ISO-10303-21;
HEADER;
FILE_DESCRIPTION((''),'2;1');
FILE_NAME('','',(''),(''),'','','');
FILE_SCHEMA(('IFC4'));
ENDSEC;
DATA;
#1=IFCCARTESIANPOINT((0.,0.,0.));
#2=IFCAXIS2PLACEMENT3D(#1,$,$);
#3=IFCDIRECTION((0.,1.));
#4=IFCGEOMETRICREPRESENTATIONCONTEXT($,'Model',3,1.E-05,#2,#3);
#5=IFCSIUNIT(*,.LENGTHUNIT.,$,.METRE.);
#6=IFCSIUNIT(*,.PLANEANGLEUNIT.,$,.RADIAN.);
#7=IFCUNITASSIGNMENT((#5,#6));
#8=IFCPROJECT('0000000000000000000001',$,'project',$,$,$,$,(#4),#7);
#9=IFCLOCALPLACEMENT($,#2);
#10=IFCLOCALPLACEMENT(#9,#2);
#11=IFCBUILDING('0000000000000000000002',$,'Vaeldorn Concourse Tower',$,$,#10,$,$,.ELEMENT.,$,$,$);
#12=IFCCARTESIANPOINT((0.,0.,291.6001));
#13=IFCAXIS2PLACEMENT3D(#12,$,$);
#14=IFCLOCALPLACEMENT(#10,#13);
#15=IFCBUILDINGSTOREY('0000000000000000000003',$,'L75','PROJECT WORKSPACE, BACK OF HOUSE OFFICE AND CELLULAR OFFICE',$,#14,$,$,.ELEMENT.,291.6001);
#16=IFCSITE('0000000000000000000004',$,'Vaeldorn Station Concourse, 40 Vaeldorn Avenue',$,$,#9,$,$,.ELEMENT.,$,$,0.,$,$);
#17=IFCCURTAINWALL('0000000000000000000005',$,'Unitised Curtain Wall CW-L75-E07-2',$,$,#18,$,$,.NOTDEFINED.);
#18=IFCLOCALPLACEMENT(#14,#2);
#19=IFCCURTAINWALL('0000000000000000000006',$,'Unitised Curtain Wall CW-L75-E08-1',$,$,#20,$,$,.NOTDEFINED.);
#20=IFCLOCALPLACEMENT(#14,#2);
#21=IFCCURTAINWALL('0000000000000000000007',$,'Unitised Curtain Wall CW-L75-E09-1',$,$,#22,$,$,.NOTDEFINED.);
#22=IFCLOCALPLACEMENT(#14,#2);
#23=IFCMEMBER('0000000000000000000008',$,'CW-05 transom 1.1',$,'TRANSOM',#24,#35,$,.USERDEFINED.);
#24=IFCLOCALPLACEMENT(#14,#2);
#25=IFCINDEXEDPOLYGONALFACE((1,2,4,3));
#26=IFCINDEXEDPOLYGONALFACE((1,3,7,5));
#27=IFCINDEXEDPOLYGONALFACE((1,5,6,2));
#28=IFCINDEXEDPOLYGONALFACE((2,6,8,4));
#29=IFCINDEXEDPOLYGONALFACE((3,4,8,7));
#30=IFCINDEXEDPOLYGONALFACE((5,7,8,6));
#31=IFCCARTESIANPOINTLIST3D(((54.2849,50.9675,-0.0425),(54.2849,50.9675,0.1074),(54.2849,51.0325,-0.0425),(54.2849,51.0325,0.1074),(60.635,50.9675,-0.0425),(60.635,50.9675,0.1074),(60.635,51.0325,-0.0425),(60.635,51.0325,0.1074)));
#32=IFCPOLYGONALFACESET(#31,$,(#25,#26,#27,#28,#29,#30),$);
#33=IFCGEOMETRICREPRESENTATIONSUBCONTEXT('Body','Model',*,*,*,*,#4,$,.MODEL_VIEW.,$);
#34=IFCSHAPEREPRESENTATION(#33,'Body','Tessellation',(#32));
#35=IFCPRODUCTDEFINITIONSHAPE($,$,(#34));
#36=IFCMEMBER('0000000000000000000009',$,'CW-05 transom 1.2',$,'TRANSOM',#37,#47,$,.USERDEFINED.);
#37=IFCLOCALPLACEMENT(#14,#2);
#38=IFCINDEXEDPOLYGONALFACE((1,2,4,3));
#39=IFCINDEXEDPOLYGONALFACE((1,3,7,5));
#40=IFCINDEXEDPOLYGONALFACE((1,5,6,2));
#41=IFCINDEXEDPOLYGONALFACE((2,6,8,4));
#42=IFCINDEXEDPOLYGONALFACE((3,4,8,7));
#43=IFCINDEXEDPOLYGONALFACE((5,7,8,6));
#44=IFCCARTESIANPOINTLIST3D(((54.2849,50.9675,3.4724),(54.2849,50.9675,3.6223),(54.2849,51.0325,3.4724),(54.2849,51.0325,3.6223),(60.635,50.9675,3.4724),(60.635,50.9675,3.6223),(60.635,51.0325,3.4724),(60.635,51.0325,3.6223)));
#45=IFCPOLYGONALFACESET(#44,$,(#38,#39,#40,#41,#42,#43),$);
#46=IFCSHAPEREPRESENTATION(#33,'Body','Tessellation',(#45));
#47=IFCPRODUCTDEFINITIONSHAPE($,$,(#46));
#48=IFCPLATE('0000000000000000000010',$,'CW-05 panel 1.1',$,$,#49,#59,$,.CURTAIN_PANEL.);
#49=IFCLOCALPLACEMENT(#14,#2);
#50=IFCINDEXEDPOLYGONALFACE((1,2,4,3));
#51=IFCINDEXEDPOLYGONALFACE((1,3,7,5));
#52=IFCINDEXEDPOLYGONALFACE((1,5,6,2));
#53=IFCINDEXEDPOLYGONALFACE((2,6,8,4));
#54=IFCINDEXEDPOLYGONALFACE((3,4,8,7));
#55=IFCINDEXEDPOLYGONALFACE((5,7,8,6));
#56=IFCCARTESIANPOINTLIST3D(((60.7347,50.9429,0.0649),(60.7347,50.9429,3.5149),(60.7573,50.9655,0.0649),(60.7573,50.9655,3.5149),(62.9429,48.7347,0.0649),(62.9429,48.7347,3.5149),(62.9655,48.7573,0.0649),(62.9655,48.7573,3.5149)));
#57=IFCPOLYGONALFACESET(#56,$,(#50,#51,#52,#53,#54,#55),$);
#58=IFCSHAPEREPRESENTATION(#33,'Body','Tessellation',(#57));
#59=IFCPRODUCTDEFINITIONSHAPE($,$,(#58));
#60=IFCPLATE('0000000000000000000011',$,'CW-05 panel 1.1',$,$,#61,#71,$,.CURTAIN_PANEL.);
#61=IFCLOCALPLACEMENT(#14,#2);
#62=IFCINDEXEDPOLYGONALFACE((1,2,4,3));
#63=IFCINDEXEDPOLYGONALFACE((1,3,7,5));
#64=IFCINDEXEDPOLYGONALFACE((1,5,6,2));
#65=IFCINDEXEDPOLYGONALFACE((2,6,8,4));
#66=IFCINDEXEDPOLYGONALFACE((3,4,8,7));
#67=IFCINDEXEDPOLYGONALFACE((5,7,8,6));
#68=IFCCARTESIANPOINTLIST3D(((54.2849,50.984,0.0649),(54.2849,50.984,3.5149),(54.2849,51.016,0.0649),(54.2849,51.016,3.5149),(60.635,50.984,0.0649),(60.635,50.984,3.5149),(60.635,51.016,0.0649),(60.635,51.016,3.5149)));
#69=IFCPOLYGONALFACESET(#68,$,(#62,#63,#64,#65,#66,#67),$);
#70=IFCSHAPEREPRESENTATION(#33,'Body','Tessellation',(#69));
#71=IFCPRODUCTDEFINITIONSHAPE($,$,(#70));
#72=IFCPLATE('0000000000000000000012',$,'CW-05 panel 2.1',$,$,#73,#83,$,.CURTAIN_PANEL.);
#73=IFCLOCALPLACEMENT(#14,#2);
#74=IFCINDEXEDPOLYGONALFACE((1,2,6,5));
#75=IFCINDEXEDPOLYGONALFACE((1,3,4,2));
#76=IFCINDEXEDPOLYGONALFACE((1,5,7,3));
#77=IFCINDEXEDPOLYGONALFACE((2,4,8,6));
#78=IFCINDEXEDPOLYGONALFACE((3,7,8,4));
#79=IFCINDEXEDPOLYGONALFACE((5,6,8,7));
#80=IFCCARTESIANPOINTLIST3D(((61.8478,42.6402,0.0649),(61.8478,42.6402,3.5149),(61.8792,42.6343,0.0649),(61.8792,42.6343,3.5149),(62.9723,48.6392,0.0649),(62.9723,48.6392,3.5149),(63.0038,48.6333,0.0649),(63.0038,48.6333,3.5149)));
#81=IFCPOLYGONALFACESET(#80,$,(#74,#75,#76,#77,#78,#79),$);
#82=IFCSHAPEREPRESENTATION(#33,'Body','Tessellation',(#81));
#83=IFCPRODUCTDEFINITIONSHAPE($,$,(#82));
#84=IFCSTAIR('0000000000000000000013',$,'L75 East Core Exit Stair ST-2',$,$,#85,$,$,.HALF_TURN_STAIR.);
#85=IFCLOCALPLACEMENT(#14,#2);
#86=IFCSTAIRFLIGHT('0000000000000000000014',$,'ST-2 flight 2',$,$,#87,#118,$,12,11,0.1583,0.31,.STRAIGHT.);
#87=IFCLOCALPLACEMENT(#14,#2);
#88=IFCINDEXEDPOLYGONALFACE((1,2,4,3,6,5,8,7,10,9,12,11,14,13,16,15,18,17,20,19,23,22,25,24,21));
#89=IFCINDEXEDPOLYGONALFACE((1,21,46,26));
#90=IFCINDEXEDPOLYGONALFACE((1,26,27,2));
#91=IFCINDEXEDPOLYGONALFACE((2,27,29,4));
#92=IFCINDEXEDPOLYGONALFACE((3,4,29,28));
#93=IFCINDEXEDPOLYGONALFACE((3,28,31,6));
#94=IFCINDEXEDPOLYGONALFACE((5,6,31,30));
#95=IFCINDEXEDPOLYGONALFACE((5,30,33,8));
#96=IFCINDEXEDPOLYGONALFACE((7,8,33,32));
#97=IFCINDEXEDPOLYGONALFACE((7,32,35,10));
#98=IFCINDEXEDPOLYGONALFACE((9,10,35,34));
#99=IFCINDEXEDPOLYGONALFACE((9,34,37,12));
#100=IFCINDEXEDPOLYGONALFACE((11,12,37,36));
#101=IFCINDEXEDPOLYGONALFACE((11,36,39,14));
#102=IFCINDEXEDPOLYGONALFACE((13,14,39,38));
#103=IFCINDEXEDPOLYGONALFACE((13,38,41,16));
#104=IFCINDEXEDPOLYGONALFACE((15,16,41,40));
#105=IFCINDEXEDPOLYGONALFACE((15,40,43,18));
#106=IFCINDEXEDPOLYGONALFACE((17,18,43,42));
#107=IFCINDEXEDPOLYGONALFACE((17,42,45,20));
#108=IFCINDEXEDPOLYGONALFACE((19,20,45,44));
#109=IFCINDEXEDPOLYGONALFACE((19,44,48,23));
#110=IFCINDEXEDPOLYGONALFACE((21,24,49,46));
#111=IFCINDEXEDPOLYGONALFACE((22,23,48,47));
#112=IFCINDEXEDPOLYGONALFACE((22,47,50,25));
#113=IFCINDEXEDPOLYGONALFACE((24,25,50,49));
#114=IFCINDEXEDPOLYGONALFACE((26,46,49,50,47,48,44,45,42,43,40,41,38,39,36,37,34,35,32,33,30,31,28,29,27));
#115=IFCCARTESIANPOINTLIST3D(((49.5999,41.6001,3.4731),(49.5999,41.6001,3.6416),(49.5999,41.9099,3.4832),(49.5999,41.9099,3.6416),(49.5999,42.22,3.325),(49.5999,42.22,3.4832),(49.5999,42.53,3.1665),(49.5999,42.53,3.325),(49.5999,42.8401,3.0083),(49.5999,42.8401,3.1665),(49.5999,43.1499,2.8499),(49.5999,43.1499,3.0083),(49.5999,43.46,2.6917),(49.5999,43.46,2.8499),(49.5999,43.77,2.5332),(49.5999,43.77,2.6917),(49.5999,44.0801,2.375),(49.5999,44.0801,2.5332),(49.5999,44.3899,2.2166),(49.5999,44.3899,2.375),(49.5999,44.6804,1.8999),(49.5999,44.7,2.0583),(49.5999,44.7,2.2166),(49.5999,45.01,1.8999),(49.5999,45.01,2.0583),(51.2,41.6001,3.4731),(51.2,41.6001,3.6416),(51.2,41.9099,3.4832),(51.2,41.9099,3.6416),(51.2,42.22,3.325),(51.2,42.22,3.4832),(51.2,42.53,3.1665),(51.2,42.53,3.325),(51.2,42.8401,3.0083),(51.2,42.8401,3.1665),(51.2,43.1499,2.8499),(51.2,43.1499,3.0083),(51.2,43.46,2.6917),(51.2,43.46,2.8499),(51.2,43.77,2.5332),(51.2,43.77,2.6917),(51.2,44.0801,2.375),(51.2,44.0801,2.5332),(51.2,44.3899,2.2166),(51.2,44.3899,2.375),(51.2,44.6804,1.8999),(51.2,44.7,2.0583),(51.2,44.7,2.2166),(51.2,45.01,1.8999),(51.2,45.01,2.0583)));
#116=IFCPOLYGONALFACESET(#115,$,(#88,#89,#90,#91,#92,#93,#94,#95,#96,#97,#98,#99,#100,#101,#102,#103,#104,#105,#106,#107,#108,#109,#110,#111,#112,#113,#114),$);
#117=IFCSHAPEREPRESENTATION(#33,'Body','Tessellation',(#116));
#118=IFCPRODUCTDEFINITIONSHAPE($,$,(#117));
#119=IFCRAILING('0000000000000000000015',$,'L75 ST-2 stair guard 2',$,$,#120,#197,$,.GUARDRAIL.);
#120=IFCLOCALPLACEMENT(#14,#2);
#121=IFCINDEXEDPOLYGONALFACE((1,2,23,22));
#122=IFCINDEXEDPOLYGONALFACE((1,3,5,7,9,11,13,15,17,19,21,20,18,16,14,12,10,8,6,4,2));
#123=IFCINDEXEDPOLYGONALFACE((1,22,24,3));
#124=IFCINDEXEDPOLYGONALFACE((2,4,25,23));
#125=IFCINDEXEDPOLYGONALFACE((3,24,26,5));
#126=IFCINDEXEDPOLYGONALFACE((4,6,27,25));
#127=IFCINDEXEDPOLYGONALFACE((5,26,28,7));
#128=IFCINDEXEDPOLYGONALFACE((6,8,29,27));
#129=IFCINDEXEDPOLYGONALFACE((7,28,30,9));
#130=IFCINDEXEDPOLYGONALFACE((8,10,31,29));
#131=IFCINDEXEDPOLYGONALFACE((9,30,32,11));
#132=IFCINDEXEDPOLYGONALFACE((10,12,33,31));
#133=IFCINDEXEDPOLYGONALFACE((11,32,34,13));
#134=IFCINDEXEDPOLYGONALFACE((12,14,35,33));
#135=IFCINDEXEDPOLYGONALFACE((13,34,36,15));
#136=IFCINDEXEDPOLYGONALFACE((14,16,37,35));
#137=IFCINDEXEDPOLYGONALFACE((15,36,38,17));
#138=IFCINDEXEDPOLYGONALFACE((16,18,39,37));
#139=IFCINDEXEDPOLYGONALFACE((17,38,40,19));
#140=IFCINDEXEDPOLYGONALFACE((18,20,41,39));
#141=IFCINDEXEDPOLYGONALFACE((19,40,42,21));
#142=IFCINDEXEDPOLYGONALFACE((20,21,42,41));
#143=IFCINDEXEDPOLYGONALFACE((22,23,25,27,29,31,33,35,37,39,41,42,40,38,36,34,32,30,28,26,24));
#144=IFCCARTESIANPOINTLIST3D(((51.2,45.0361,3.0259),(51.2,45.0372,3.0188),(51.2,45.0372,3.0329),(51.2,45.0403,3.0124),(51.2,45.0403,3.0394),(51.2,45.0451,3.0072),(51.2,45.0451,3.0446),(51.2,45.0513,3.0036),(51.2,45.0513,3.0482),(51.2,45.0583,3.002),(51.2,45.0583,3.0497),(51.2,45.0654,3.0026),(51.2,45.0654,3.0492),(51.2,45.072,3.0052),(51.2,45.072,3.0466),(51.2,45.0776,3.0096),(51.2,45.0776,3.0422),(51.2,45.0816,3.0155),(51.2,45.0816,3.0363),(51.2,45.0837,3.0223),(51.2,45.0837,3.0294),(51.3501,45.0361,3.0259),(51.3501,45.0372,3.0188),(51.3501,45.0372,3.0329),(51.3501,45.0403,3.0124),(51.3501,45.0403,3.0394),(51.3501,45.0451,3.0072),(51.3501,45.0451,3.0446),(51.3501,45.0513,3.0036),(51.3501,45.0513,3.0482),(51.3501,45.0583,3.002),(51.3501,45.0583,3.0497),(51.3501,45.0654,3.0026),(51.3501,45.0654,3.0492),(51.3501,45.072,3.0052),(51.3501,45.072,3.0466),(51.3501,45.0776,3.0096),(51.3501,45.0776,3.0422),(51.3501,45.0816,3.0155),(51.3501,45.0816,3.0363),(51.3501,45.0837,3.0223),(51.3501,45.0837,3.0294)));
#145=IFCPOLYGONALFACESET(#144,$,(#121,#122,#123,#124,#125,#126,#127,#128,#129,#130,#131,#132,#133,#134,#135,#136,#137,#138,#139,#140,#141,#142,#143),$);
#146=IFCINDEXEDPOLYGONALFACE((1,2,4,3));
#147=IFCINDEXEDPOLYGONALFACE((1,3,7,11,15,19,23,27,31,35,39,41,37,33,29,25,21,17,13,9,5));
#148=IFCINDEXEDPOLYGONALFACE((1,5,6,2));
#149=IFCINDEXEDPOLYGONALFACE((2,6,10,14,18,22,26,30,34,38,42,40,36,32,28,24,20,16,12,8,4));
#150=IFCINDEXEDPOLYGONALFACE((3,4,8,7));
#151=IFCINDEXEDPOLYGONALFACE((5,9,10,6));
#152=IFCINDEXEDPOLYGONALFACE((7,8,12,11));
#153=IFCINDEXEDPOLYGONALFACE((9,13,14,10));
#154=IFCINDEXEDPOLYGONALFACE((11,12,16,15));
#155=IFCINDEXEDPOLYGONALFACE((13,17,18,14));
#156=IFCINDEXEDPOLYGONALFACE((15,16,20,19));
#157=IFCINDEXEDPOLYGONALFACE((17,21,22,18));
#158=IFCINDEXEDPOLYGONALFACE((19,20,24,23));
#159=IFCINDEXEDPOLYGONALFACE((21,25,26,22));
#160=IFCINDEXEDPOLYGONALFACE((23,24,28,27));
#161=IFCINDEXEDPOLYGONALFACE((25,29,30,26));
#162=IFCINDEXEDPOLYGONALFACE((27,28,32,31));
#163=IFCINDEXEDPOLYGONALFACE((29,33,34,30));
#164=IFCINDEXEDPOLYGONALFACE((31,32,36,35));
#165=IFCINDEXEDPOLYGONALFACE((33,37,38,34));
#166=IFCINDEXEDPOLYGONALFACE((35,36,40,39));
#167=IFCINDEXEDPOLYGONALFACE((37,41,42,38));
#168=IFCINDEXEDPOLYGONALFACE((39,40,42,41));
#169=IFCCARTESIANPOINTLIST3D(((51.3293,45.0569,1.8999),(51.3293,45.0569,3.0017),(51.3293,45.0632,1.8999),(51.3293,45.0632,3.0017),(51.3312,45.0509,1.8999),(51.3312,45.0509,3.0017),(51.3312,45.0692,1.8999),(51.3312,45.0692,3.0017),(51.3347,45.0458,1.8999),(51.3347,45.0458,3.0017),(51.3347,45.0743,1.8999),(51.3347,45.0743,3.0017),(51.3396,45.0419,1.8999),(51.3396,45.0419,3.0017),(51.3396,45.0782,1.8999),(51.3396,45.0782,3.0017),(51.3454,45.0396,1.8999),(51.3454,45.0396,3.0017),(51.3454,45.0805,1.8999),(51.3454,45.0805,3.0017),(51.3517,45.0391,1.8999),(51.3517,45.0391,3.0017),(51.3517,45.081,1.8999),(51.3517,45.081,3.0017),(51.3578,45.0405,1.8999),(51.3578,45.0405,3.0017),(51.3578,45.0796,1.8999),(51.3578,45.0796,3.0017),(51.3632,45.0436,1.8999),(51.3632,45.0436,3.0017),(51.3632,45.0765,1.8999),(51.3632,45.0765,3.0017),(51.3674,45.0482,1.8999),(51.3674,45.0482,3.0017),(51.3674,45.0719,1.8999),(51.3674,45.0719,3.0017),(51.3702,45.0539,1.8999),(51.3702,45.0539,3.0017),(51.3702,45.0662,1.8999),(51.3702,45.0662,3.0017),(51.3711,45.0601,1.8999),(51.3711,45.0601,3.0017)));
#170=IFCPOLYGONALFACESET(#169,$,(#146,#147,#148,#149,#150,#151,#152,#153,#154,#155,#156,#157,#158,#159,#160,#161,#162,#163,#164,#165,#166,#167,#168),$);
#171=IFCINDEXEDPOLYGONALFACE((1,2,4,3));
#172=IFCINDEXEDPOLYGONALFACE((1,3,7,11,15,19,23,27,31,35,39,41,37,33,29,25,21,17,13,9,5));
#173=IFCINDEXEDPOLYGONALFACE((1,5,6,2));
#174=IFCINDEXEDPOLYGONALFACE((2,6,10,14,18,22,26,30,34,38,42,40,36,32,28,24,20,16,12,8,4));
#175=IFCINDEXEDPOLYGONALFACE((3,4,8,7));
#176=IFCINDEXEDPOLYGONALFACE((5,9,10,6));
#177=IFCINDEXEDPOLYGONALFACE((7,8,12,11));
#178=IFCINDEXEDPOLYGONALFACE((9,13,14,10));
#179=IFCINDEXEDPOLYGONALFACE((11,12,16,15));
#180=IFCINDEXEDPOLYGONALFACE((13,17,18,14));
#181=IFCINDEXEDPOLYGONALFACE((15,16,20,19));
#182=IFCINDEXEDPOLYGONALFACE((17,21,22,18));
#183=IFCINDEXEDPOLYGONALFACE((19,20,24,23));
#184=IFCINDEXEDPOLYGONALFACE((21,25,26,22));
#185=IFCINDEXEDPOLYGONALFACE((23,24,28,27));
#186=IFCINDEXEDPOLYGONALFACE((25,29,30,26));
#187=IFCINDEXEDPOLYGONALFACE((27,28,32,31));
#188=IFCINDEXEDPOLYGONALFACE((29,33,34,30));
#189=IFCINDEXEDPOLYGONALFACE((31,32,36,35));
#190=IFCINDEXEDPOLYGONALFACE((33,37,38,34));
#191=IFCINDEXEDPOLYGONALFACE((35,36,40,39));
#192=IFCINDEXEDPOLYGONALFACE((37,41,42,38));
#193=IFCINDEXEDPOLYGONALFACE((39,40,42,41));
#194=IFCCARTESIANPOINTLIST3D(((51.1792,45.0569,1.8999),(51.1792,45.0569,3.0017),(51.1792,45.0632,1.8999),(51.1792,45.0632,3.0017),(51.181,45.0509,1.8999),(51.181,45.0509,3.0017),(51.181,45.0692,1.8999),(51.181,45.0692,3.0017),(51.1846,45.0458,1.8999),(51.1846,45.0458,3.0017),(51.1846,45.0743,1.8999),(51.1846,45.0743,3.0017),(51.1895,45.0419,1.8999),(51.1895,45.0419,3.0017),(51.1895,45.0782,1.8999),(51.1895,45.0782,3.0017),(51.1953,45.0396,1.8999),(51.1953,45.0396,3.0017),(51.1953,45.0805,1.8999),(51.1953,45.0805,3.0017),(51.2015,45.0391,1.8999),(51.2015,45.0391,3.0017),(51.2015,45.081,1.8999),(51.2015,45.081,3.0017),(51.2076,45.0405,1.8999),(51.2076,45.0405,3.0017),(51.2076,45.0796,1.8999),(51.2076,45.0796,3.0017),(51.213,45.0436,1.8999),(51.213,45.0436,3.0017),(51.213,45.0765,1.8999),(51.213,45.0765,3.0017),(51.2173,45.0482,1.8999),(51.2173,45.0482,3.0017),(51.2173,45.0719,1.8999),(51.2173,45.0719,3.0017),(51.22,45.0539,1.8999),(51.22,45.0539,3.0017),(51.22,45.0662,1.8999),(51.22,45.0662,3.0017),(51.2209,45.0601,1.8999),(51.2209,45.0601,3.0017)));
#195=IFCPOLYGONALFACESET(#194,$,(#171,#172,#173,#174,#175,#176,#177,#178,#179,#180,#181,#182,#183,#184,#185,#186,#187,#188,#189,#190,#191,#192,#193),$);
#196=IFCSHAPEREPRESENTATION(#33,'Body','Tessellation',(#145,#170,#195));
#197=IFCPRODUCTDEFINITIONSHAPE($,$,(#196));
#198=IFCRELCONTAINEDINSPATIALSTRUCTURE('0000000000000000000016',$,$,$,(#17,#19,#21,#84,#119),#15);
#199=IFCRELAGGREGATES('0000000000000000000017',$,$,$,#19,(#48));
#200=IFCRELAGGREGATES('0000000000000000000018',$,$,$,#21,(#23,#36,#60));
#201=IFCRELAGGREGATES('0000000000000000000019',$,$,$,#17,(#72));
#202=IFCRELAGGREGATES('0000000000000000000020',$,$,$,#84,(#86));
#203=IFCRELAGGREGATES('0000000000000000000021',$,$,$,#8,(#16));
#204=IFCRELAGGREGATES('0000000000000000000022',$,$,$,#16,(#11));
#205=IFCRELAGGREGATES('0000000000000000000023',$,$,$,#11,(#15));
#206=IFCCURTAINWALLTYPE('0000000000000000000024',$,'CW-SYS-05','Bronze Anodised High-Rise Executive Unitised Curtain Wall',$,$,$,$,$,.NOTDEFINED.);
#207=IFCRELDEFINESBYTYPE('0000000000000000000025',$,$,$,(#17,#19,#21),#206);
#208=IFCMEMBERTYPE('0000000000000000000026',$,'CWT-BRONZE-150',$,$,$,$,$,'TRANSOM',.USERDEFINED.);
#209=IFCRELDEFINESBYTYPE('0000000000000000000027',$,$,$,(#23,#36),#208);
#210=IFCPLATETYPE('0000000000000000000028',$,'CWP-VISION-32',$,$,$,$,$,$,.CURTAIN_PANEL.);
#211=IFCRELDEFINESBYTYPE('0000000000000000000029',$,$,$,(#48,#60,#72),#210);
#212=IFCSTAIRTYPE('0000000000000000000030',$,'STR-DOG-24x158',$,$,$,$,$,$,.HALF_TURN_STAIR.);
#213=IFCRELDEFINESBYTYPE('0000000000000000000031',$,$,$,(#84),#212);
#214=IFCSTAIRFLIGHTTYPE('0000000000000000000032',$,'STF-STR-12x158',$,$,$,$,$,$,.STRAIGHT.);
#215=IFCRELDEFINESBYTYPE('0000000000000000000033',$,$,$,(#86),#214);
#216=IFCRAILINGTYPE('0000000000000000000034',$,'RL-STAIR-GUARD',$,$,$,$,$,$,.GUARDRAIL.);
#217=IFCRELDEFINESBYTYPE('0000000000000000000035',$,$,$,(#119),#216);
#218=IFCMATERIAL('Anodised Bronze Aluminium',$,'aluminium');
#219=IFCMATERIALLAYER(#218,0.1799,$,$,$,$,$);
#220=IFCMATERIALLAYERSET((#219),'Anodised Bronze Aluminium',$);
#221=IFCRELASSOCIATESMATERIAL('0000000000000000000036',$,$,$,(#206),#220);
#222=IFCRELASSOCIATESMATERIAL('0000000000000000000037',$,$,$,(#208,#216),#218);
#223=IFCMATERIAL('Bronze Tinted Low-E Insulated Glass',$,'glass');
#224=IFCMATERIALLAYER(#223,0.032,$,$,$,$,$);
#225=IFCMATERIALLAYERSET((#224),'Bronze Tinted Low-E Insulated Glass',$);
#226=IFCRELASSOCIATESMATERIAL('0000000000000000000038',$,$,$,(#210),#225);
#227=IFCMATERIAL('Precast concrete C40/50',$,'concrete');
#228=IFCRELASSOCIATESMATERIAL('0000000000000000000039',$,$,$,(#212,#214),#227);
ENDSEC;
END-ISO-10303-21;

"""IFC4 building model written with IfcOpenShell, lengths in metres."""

from ifc_helpers import new_model, si_unit, direction, frame, origin, origin_2d, place, context, subcontext, project, spatial, polyline, rectangle, circle, outline, extrude, source, transform, mapped, material, layer, layer_set, material_profile, profile_set, type_object, element, aggregate, save


model = new_model("IFC4")

# Units and contexts
model_context = context("Model", 3, precision=1e-05, world=origin(), true_north=direction((0.0, 1.0)))
body_context = subcontext(model_context, "Body", "Model", "MODEL_VIEW")
ifc_project = project(units=[si_unit("LENGTHUNIT", "METRE"), si_unit("PLANEANGLEUNIT", "RADIAN")], contexts=[model_context])

# Site, building, storey
site_placement = place(None, origin())
site = spatial("IfcSite", under=ifc_project, at=site_placement, Name="Vaeldorn Station Concourse, 40 Vaeldorn Avenue", CompositionType="ELEMENT", RefElevation=0.0)
building_placement = place(site_placement, origin())
building = spatial("IfcBuilding", under=site, at=building_placement, Name="Vaeldorn Concourse Tower", CompositionType="ELEMENT")
storey_placement = place(building_placement, frame((0.0, 0.0, 291.6001)))
storey = spatial("IfcBuildingStorey", under=building, at=storey_placement, Name="L75", Description="PROJECT WORKSPACE, BACK OF HOUSE OFFICE AND CELLULAR OFFICE", CompositionType="ELEMENT", Elevation=291.6001)

# Curtain wall
ifc_material_1 = material(Name="Anodised Bronze Aluminium", Category="aluminium")
ifc_layer_1 = layer(ifc_material_1, 0.1799)
ifc_layer_set_1 = layer_set([ifc_layer_1], Name="Anodised Bronze Aluminium")
curtain_wall_type = type_object("IfcCurtainWallType", Name="CW-SYS-05", Description="Bronze Anodised High-Rise Executive Unitised Curtain Wall", PredefinedType="NOTDEFINED", material=ifc_layer_set_1)
curtain_wall_1_placement = place(storey_placement, origin())
curtain_wall_1 = element("IfcCurtainWall", 1, at=curtain_wall_1_placement, inside=storey, type_object=curtain_wall_type, Name="Unitised Curtain Wall CW-L75-E07-2", PredefinedType="NOTDEFINED")

# Curtain walls
curtain_wall_2_placement = place(storey_placement, origin())
curtain_wall_2 = element("IfcCurtainWall", 2, at=curtain_wall_2_placement, inside=storey, type_object=curtain_wall_type, Name="Unitised Curtain Wall CW-L75-E08-1", PredefinedType="NOTDEFINED")
curtain_wall_3_placement = place(storey_placement, origin())
curtain_wall_3 = element("IfcCurtainWall", 3, at=curtain_wall_3_placement, inside=storey, type_object=curtain_wall_type, Name="Unitised Curtain Wall CW-L75-E09-1", PredefinedType="NOTDEFINED")

# Members
ifc_material_profile_1 = material_profile(ifc_material_1, rectangle(XDim=0.0649, YDim=0.1499, at=origin_2d()), Name="CWT 65x150")
ifc_profile_set_1 = profile_set([ifc_material_profile_1], Name="Anodised Bronze Aluminium")
member_type_1 = type_object("IfcMemberType", Name="CWT-BRONZE-150", ElementType="TRANSOM", PredefinedType="USERDEFINED", material=ifc_profile_set_1)
shared_shape_1 = source(origin(), body_context, "Body", "SweptSolid", [
    extrude(rectangle(XDim=0.0649, YDim=0.1499, at=origin_2d()), origin(), (0.0, 0.0, 1.0), 6.3501),
])
member_1_placement = place(storey_placement, frame((60.635, 51.0, 0.0325), z_axis=(-1.0, 0.0, 0.0), x_axis=(0.0, -1.0, 0.0)))
member_1 = element("IfcMember", 4, at=member_1_placement, type_object=member_type_1, Name="CW-05 transom 1.1", ObjectType="TRANSOM", PredefinedType="USERDEFINED", context=body_context, shape_type="MappedRepresentation", body=[
    mapped(shared_shape_1, transform((0.0, 0.0, 0.0), scale=1.0)),
])
member_2_placement = place(storey_placement, frame((60.635, 51.0, 3.5474), z_axis=(-1.0, 0.0, 0.0), x_axis=(0.0, -1.0, 0.0)))
member_2 = element("IfcMember", 5, at=member_2_placement, type_object=member_type_1, Name="CW-05 transom 1.2", ObjectType="TRANSOM", PredefinedType="USERDEFINED", context=body_context, shape_type="MappedRepresentation", body=[
    mapped(shared_shape_1, transform((0.0, 0.0, 0.0), scale=1.0)),
])

# Plates
ifc_material_2 = material(Name="Bronze Tinted Low-E Insulated Glass", Category="glass")
ifc_layer_2 = layer(ifc_material_2, 0.032)
ifc_layer_set_2 = layer_set([ifc_layer_2], Name="Bronze Tinted Low-E Insulated Glass")
plate_type = type_object("IfcPlateType", Name="CWP-VISION-32", PredefinedType="CURTAIN_PANEL", material=ifc_layer_set_2)
shared_shape_2 = source(origin(), body_context, "Body", "SweptSolid", [
    extrude(rectangle(XDim=3.1228, YDim=0.032, at=origin_2d()), origin(), (0.0, 0.0, 1.0), 3.45),
])
plate_1_placement = place(storey_placement, frame((61.8501, 49.8501, 0.0649), z_axis=(0.0, 0.0, 1.0), x_axis=(-0.707107, 0.707107, 0.0)))
plate_1 = element("IfcPlate", 6, at=plate_1_placement, type_object=plate_type, Name="CW-05 panel 1.1", PredefinedType="CURTAIN_PANEL", context=body_context, shape_type="MappedRepresentation", body=[
    mapped(shared_shape_2, transform((0.0, 0.0, 0.0), scale=1.0)),
])
aggregate(curtain_wall_2, [plate_1])
shared_shape_3 = source(origin(), body_context, "Body", "SweptSolid", [
    extrude(rectangle(XDim=6.3501, YDim=0.032, at=origin_2d()), origin(), (0.0, 0.0, 1.0), 3.45),
])
plate_2_placement = place(storey_placement, frame((57.46, 51.0, 0.0649), z_axis=(0.0, 0.0, 1.0), x_axis=(-1.0, 0.0, 0.0)))
plate_2 = element("IfcPlate", 7, at=plate_2_placement, type_object=plate_type, Name="CW-05 panel 1.1", PredefinedType="CURTAIN_PANEL", context=body_context, shape_type="MappedRepresentation", body=[
    mapped(shared_shape_3, transform((0.0, 0.0, 0.0), scale=1.0)),
])
aggregate(curtain_wall_3, [member_1, member_2, plate_2])
shared_shape_4 = source(origin(), body_context, "Body", "SweptSolid", [
    extrude(rectangle(XDim=6.1035, YDim=0.032, at=origin_2d()), origin(), (0.0, 0.0, 1.0), 3.45),
])
plate_3_placement = place(storey_placement, frame((62.4258, 45.6367, 0.0649), z_axis=(0.0, 0.0, 1.0), x_axis=(0.184246, 0.98288, 0.0)))
plate_3 = element("IfcPlate", 8, at=plate_3_placement, type_object=plate_type, Name="CW-05 panel 2.1", PredefinedType="CURTAIN_PANEL", context=body_context, shape_type="MappedRepresentation", body=[
    mapped(shared_shape_4, transform((0.0, 0.0, 0.0), scale=1.0)),
])
aggregate(curtain_wall_1, [plate_3])

# Stair, stair flight
ifc_material_3 = material(Name="Precast concrete C40/50", Category="concrete")
stair_type = type_object("IfcStairType", Name="STR-DOG-24x158", PredefinedType="HALF_TURN_STAIR", material=ifc_material_3)
stair_placement = place(storey_placement, origin())
stair = element("IfcStair", 9, at=stair_placement, inside=storey, type_object=stair_type, Name="L75 East Core Exit Stair ST-2", PredefinedType="HALF_TURN_STAIR")
stair_flight_type = type_object("IfcStairFlightType", Name="STF-STR-12x158", PredefinedType="STRAIGHT", material=ifc_material_3)
stair_flight_placement = place(storey_placement, frame((50.3999, 45.01, 1.8999), z_axis=(0.0, 0.0, 1.0), x_axis=(0.0, -1.0, 0.0)))
stair_flight = element("IfcStairFlight", 10, at=stair_flight_placement, type_object=stair_flight_type, Name="ST-2 flight 2", NumberOfRisers=12, NumberOfTreads=11, PredefinedType="STRAIGHT", RiserHeight=0.1583, TreadLength=0.31, context=body_context, shape_type="SweptSolid", body=[
    extrude(outline(polyline([(0.0, 0.0), (0.0, 0.1584), (0.3101, 0.1584), (0.3101, 0.3167), (0.6201, 0.3167), (0.6201, 0.4751), (0.9299, 0.4751), (0.9299, 0.6333), (1.24, 0.6333), (1.24, 0.7917), (1.55, 0.7917), (1.55, 0.95), (1.8601, 0.95), (1.8601, 1.1084), (2.1699, 1.1084), (2.1699, 1.2666), (2.48, 1.2666), (2.48, 1.425), (2.79, 1.425), (2.79, 1.5833), (3.1001, 1.5833), (3.1001, 1.7417), (3.4099, 1.7417), (3.4099, 1.8999), (3.4099, 1.5732), (0.3296, 0.0), (0.0, 0.0)])), frame((0.0, 0.8, 0.0), z_axis=(0.0, -1.0, 0.0), x_axis=(1.0, 0.0, 0.0)), (0.0, 0.0, 1.0), 1.6001),
])
aggregate(stair, [stair_flight])

# Railing
railing_type_1 = type_object("IfcRailingType", Name="RL-STAIR-GUARD", PredefinedType="GUARDRAIL", material=ifc_material_1)
railing_1_placement = place(storey_placement, frame((51.3501, 45.0601, 1.8999)))
element("IfcRailing", 11, at=railing_1_placement, inside=storey, type_object=railing_type_1, Name="L75 ST-2 stair guard 2", PredefinedType="GUARDRAIL", context=body_context, shape_type="SweptSolid", body=[
    extrude(circle(Radius=0.0239, at=origin_2d()), frame((0.0, 0.0, 1.126), z_axis=(-1.0, 0.0, 0.0), x_axis=(0.0, -1.0, 0.0)), (0.0, 0.0, 1.0), 0.1501),
    extrude(circle(Radius=0.021, at=origin_2d()), origin(), (0.0, 0.0, 1.0), 1.1018),
    extrude(circle(Radius=0.021, at=origin_2d()), frame((-0.1501, 0.0, 0.0)), (0.0, 0.0, 1.0), 1.1018),
])

save(model, "model.ifc")
